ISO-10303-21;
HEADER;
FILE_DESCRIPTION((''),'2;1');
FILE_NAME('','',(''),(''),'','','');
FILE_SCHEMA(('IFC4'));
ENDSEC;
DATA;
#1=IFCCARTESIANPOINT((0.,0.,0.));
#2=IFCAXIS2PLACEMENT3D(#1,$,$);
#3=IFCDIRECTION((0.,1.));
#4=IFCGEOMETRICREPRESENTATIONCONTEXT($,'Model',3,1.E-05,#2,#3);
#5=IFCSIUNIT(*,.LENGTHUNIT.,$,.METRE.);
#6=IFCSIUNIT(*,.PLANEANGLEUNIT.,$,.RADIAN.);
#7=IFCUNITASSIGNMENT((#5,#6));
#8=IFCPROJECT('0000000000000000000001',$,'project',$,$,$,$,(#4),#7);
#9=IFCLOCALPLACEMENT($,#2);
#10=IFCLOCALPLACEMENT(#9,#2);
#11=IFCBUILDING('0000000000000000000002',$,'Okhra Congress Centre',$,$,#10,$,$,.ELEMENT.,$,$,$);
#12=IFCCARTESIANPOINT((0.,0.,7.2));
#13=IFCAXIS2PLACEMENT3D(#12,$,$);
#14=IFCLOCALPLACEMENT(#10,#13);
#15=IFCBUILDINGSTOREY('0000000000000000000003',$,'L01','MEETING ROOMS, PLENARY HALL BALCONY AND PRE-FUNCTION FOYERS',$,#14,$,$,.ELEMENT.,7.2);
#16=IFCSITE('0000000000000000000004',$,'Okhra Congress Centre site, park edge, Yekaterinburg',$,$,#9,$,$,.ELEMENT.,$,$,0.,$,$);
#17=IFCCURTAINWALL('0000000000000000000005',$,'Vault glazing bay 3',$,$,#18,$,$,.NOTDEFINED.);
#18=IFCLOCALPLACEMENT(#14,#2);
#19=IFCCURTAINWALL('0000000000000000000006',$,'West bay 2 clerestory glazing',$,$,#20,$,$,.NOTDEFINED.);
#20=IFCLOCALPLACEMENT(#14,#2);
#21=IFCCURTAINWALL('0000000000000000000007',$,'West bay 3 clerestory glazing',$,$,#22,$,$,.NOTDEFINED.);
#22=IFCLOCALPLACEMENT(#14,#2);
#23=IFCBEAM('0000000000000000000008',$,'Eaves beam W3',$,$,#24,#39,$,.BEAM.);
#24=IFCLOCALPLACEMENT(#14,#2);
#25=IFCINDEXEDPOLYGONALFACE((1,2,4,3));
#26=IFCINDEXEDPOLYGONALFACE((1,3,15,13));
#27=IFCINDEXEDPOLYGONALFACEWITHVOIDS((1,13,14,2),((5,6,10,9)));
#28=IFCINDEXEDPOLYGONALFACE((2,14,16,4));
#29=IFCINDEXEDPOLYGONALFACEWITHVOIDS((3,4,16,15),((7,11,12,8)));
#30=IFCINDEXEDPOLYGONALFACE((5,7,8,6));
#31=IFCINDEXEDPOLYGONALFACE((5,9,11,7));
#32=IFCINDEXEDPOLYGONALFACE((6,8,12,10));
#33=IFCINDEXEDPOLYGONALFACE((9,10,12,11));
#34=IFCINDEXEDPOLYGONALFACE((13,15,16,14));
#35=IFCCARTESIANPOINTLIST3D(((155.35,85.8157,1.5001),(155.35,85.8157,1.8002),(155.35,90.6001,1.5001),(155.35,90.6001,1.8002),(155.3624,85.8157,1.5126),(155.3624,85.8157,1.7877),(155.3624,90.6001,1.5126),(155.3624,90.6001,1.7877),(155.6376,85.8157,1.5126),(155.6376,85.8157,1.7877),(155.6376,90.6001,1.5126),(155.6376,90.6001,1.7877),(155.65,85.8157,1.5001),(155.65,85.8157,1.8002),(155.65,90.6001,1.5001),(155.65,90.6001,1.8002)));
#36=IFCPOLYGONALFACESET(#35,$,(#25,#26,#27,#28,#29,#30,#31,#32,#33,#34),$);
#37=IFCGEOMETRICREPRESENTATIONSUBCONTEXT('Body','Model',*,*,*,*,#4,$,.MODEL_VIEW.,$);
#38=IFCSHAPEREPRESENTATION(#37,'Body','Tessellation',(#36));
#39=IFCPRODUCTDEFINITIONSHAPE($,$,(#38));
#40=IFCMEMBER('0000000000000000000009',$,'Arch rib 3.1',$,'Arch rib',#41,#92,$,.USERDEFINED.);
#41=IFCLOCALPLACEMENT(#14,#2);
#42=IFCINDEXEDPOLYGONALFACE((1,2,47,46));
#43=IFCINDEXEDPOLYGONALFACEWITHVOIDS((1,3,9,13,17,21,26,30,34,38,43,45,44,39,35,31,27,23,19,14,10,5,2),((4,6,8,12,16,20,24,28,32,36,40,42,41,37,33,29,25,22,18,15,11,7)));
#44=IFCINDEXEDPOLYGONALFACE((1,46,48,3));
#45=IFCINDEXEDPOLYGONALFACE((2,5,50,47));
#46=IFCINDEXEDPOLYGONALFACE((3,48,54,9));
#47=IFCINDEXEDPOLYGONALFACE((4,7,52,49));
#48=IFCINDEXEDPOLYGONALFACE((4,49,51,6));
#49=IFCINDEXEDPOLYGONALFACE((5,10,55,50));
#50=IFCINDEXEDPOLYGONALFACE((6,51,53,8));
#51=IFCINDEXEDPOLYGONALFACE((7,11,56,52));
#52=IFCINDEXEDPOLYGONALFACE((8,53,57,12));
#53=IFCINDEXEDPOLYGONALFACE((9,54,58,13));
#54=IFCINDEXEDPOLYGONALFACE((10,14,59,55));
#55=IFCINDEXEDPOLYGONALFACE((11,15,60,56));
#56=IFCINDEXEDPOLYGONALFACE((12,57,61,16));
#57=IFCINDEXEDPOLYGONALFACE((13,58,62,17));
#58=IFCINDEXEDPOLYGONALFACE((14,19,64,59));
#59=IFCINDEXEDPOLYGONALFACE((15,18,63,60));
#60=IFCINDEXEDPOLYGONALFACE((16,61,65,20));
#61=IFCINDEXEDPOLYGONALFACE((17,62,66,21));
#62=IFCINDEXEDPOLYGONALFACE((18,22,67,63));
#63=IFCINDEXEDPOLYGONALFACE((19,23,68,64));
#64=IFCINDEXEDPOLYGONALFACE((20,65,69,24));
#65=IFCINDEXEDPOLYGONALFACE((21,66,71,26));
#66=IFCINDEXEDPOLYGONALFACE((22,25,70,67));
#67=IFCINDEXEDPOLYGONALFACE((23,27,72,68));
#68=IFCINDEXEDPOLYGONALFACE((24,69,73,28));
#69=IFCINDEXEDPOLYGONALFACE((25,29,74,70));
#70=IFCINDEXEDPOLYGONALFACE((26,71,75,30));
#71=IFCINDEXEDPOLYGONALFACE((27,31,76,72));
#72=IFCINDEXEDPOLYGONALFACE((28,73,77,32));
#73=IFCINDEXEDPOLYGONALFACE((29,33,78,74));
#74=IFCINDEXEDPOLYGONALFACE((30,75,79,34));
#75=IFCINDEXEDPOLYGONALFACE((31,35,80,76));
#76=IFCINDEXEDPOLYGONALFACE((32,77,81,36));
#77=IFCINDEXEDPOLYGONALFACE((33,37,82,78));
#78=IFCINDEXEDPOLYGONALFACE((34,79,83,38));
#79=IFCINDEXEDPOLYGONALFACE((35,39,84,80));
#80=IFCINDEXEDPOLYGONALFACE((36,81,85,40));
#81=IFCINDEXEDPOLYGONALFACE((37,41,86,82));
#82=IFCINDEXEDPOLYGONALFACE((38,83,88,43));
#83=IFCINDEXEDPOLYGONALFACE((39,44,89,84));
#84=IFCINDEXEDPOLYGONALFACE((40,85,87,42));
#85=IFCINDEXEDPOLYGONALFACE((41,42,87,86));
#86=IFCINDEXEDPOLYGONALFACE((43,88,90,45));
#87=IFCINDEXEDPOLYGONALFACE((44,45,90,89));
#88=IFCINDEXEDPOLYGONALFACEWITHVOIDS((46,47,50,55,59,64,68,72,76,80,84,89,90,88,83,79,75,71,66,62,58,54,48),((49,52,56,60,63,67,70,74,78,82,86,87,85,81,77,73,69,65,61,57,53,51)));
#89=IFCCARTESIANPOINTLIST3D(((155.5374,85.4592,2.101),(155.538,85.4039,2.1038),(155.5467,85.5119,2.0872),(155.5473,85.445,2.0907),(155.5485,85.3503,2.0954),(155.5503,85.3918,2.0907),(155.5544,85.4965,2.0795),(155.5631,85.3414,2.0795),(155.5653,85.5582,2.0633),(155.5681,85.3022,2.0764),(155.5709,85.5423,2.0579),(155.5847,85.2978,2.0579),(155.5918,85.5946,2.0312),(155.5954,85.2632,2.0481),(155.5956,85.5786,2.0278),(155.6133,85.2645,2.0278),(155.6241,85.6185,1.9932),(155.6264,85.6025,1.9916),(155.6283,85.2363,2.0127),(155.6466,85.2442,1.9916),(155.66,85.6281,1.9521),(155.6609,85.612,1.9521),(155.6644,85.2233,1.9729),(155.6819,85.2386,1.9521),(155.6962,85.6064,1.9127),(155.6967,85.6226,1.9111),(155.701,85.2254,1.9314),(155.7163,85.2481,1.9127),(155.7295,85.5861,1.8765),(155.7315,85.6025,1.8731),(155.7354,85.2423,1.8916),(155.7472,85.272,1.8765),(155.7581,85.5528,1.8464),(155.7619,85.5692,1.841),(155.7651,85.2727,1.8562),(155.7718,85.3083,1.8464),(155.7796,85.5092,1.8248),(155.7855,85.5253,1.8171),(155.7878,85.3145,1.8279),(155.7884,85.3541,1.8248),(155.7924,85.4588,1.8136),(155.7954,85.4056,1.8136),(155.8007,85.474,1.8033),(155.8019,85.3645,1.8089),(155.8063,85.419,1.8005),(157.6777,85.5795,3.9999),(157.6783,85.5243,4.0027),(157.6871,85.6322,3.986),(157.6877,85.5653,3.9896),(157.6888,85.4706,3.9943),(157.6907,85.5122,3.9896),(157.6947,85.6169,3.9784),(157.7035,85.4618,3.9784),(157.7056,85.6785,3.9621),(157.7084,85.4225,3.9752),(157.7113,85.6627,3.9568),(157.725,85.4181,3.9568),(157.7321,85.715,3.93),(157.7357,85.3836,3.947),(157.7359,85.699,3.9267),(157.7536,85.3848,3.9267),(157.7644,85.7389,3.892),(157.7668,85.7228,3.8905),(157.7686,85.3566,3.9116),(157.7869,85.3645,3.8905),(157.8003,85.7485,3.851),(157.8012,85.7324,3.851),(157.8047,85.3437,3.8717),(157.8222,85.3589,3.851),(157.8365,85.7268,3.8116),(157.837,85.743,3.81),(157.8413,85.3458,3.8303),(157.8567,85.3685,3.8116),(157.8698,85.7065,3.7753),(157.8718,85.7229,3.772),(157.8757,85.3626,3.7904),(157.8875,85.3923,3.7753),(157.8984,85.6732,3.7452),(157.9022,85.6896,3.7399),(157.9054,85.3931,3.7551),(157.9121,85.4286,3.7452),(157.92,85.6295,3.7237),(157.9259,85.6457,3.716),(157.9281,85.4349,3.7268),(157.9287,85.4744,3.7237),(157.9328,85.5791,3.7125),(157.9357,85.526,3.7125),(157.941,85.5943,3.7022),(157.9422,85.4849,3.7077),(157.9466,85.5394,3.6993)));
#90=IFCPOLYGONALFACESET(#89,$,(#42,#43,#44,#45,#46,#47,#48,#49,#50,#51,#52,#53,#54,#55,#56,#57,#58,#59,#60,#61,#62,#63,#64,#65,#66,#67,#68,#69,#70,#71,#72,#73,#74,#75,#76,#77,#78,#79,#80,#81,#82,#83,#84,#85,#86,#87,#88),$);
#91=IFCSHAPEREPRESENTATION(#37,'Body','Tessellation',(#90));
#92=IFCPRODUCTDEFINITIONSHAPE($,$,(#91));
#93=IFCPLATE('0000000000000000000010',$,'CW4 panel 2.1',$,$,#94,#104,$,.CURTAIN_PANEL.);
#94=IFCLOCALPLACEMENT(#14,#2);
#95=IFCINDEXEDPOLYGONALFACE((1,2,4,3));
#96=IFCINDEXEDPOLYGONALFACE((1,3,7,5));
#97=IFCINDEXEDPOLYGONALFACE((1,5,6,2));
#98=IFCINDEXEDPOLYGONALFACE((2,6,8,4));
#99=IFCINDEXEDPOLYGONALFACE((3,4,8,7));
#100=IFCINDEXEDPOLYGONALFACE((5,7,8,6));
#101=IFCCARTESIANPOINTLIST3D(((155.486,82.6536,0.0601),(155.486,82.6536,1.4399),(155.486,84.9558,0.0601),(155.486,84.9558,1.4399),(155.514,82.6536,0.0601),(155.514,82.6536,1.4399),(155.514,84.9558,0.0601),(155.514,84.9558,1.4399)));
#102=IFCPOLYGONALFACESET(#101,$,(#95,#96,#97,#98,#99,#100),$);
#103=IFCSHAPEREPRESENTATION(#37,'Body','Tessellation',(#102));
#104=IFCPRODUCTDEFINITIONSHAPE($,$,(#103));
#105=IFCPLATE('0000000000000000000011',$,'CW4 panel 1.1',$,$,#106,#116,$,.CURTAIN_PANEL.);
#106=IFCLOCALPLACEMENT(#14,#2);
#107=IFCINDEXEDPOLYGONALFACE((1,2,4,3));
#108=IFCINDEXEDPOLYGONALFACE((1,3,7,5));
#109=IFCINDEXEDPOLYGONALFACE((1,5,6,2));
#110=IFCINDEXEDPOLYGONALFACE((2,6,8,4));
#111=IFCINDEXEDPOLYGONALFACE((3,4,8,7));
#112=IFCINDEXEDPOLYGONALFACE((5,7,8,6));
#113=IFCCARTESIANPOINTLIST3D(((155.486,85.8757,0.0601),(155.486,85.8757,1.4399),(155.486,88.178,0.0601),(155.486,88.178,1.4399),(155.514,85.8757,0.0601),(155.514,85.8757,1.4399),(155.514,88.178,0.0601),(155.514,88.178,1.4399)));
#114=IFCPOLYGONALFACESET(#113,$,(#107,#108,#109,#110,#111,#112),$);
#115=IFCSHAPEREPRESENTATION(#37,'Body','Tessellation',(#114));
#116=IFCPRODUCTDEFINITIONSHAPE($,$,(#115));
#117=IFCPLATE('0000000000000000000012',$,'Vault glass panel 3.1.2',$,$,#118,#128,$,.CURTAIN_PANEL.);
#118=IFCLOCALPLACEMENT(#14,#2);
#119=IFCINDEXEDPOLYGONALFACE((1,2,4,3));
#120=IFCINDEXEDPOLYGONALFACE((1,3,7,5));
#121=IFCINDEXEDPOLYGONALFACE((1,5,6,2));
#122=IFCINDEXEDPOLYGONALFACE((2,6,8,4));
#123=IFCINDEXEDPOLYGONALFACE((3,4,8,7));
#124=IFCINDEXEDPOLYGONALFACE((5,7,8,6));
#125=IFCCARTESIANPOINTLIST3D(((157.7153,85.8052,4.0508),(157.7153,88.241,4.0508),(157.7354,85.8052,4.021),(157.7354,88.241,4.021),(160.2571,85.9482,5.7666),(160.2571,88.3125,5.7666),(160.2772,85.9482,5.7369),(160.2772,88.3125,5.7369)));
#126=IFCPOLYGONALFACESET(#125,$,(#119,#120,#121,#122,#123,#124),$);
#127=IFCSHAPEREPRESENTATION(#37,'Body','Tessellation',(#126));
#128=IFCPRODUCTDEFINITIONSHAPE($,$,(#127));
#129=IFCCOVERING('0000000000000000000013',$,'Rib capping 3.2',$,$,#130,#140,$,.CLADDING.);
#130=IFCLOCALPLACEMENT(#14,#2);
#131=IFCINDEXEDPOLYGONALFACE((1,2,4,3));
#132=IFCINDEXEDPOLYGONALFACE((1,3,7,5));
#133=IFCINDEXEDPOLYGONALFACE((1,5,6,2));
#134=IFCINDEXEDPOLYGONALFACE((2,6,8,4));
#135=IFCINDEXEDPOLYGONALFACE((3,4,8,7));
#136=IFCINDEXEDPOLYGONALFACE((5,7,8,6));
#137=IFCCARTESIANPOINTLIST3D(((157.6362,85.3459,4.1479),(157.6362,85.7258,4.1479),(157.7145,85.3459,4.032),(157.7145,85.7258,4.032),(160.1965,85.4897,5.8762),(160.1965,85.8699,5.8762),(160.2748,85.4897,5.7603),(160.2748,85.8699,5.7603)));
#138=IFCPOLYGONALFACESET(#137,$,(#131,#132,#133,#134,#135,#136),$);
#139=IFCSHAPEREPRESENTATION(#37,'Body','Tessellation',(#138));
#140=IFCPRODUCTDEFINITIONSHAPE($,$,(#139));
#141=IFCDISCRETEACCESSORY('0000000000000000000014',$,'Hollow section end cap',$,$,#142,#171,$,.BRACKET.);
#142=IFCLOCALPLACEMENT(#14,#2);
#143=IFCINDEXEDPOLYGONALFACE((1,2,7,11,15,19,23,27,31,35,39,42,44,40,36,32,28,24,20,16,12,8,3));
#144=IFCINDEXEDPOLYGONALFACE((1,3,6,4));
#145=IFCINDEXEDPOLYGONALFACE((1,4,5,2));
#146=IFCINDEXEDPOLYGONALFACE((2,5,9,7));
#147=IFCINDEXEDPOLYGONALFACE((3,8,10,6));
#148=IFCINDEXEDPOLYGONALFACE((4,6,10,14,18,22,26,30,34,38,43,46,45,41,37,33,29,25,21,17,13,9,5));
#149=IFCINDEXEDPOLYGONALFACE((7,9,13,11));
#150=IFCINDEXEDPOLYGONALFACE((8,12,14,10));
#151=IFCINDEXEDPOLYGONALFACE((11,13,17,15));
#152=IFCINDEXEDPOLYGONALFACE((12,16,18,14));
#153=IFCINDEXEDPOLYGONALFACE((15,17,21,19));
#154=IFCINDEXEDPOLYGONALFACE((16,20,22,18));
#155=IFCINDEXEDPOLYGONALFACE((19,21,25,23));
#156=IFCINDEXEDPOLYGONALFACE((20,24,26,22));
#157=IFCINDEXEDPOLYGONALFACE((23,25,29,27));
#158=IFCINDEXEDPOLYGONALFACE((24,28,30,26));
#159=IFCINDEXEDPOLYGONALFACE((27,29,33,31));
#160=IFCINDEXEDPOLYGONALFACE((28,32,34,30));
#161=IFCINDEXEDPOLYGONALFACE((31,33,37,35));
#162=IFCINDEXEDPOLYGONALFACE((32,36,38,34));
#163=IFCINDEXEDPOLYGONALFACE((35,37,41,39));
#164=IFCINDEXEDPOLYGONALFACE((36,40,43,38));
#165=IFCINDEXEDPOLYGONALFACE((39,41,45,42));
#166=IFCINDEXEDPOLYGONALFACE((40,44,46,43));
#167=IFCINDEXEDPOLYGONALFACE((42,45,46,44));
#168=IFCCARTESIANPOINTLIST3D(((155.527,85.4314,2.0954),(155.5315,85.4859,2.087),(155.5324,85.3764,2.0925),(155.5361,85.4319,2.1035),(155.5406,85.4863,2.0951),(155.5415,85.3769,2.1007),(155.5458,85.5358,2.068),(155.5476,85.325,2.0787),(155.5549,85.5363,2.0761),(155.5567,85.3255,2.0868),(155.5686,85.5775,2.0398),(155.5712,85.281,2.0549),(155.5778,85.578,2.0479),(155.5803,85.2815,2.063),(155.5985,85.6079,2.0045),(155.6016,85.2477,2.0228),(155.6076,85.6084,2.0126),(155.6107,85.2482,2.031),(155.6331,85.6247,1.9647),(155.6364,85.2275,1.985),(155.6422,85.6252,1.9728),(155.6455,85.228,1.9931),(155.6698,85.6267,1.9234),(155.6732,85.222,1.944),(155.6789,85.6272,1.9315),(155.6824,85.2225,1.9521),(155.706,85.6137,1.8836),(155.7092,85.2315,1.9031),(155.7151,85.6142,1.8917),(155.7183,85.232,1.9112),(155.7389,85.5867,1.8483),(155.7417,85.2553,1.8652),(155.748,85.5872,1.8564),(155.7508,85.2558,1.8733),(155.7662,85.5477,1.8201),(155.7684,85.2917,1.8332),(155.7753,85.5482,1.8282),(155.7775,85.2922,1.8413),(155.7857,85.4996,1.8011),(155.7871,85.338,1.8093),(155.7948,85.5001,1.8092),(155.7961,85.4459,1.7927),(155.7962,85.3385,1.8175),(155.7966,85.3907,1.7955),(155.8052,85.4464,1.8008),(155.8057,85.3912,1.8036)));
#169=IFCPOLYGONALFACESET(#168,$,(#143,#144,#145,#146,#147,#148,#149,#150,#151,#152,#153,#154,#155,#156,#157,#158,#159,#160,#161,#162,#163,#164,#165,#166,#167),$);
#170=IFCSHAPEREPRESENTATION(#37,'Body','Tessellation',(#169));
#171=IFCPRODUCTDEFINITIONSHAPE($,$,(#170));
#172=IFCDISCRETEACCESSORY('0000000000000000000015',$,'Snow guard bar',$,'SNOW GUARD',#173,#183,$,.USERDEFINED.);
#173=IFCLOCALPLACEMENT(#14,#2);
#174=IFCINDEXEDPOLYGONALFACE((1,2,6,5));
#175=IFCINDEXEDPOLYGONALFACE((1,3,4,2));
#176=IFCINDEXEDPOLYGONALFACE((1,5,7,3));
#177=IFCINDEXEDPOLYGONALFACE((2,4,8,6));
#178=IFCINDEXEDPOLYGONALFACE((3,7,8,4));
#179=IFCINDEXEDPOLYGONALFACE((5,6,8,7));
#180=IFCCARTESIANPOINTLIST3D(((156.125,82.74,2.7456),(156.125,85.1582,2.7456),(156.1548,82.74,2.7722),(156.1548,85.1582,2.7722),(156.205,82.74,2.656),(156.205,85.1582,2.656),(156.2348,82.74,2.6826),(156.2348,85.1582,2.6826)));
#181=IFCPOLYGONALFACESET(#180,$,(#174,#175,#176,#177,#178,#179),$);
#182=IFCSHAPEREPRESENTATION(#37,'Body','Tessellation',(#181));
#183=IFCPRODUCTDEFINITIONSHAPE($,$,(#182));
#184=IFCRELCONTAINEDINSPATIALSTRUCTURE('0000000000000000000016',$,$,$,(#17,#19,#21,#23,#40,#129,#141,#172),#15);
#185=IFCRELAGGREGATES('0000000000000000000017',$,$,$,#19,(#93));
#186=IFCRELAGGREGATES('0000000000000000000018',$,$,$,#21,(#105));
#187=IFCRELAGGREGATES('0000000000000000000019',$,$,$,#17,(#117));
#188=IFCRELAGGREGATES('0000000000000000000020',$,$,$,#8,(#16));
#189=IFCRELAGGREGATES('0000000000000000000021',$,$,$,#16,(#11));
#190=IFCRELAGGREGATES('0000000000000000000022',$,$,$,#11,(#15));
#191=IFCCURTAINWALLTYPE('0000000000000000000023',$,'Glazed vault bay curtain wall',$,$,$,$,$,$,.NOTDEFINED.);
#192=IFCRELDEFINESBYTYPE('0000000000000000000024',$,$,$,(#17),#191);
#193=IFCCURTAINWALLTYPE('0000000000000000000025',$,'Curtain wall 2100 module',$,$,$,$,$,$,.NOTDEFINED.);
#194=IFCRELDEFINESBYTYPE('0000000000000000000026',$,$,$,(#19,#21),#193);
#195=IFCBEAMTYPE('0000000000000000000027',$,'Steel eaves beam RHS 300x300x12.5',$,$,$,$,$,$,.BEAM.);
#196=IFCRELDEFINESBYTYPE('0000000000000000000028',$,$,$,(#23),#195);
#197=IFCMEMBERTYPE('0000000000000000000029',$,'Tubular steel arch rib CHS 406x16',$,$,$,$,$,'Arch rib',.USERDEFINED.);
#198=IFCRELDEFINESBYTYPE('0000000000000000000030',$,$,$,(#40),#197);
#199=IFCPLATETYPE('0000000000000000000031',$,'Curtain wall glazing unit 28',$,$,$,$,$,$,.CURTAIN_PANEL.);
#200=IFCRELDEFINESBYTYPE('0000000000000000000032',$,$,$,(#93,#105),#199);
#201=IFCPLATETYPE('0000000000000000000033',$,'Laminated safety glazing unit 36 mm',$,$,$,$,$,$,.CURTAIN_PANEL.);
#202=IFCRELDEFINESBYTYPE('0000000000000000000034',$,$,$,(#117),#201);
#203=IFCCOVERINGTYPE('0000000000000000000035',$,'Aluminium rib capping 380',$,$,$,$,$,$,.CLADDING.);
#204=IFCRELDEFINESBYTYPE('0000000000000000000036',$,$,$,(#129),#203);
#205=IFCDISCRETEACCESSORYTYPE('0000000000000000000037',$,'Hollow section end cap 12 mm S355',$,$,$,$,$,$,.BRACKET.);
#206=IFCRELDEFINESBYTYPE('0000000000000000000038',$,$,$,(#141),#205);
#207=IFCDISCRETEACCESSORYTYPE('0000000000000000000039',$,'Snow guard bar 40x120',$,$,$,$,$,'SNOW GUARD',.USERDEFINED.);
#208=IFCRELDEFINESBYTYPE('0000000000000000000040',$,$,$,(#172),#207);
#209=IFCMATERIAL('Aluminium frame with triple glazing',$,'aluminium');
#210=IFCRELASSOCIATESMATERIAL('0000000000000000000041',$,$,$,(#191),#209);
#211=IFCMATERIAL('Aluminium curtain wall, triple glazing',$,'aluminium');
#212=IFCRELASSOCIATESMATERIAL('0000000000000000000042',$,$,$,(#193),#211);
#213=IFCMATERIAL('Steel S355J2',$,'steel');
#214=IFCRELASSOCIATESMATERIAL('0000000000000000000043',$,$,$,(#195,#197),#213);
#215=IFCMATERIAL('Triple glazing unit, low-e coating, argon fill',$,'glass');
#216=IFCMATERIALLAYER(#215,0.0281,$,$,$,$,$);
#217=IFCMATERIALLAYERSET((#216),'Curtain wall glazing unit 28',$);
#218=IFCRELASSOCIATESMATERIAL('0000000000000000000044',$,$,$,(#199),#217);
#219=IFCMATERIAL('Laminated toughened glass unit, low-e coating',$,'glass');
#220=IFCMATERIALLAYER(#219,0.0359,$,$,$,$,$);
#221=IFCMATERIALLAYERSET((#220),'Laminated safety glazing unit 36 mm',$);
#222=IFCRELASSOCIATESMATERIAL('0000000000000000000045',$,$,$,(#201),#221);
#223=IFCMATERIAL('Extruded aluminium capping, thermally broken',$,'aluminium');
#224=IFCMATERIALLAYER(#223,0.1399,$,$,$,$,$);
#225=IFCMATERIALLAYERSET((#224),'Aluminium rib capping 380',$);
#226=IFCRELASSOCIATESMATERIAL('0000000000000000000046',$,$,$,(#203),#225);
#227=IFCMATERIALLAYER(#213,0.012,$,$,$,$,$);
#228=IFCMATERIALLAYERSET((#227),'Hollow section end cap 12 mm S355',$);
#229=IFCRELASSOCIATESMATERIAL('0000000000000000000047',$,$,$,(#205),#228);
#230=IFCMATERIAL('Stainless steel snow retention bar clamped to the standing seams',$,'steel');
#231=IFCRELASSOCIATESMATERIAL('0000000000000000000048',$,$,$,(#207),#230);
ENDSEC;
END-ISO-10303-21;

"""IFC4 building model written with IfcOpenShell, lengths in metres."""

from ifc_helpers import new_model, si_unit, direction, frame, origin, origin_2d, place, context, subcontext, project, spatial, polyline, rectangle, hollow_rectangle, circle, hollow_circle, outline, extrude, material, layer, layer_set, material_profile, profile_set, type_object, element, aggregate, save


model = new_model("IFC4")

# Units and contexts
model_context = context("Model", 3, precision=1e-05, world=origin(), true_north=direction((0.0, 1.0)))
body_context = subcontext(model_context, "Body", "Model", "MODEL_VIEW")
ifc_project = project(units=[si_unit("LENGTHUNIT", "METRE"), si_unit("PLANEANGLEUNIT", "RADIAN")], contexts=[model_context])

# Site, building, storey
site_placement = place(None, origin())
site = spatial("IfcSite", under=ifc_project, at=site_placement, Name="Okhra Congress Centre site, park edge, Yekaterinburg", CompositionType="ELEMENT", RefElevation=0.0)
building_placement = place(site_placement, origin())
building = spatial("IfcBuilding", under=site, at=building_placement, Name="Okhra Congress Centre", CompositionType="ELEMENT")
storey_placement = place(building_placement, frame((0.0, 0.0, 7.2)))
storey = spatial("IfcBuildingStorey", under=building, at=storey_placement, Name="L01", Description="MEETING ROOMS, PLENARY HALL BALCONY AND PRE-FUNCTION FOYERS", CompositionType="ELEMENT", Elevation=7.2)

# Shared definitions
ifc_material_1 = material(Name="Aluminium frame with triple glazing", Category="aluminium")
curtain_wall_type_1 = type_object("IfcCurtainWallType", Name="Glazed vault bay curtain wall", PredefinedType="NOTDEFINED", material=ifc_material_1)

# Curtain wall
curtain_wall_1_placement = place(storey_placement, origin())
curtain_wall_1 = element("IfcCurtainWall", 1, at=curtain_wall_1_placement, inside=storey, type_object=curtain_wall_type_1, Name="Vault glazing bay 3", PredefinedType="NOTDEFINED")

# Curtain wall
ifc_material_2 = material(Name="Aluminium curtain wall, triple glazing", Category="aluminium")
curtain_wall_type_2 = type_object("IfcCurtainWallType", Name="Curtain wall 2100 module", PredefinedType="NOTDEFINED", material=ifc_material_2)
curtain_wall_2_placement = place(storey_placement, origin())
curtain_wall_2 = element("IfcCurtainWall", 2, at=curtain_wall_2_placement, inside=storey, type_object=curtain_wall_type_2, Name="West bay 2 clerestory glazing", PredefinedType="NOTDEFINED")

# Curtain wall
curtain_wall_3_placement = place(storey_placement, origin())
curtain_wall_3 = element("IfcCurtainWall", 3, at=curtain_wall_3_placement, inside=storey, type_object=curtain_wall_type_2, Name="West bay 3 clerestory glazing", PredefinedType="NOTDEFINED")

# Beam
ifc_material_3 = material(Name="Steel S355J2", Category="steel")
ifc_material_profile_1 = material_profile(ifc_material_3, hollow_rectangle(XDim=0.3, YDim=0.3, WallThickness=0.0125, at=origin_2d()), Name="RHS 300x300x12.5")
ifc_profile_set_1 = profile_set([ifc_material_profile_1], Name="Steel S355J2")
beam_type = type_object("IfcBeamType", Name="Steel eaves beam RHS 300x300x12.5", PredefinedType="BEAM", material=ifc_profile_set_1)
beam_placement = place(storey_placement, frame((155.5, 85.8157, 1.6501), z_axis=(0.0, 1.0, 0.0), x_axis=(-1.0, 0.0, 0.0)))
element("IfcBeam", 4, at=beam_placement, inside=storey, type_object=beam_type, Name="Eaves beam W3", PredefinedType="BEAM", context=body_context, shape_type="SweptSolid", body=[
    extrude(hollow_rectangle(XDim=0.3, YDim=0.3, WallThickness=0.0125, at=origin_2d()), origin(), (0.0, 0.0, 1.0), 4.7844),
])

# Member
ifc_material_profile_2 = material_profile(ifc_material_3, hollow_circle(Radius=0.2031, WallThickness=0.0161, at=origin_2d()), Name="CHS 406.4x16")
ifc_profile_set_2 = profile_set([ifc_material_profile_2], Name="Steel S355J2")
member_type_1 = type_object("IfcMemberType", Name="Tubular steel arch rib CHS 406x16", ElementType="Arch rib", PredefinedType="USERDEFINED", material=ifc_profile_set_2)
member_1_placement = place(storey_placement, frame((155.6714, 85.4253, 1.9521), z_axis=(0.747379, 0.042028, 0.663067), x_axis=(-0.056145, 0.998423, 0.0)))
element("IfcMember", 5, at=member_1_placement, inside=storey, type_object=member_type_1, Name="Arch rib 3.1", ObjectType="Arch rib", PredefinedType="USERDEFINED", context=body_context, shape_type="SweptSolid", body=[
    extrude(hollow_circle(Radius=0.2031, WallThickness=0.0161, at=origin_2d()), origin(), (0.0, 0.0, 1.0), 2.8638),
])

# Plates
ifc_material_4 = material(Name="Triple glazing unit, low-e coating, argon fill", Category="glass")
ifc_layer_1 = layer(ifc_material_4, 0.0281)
ifc_layer_set_1 = layer_set([ifc_layer_1], Name="Curtain wall glazing unit 28")
plate_type_1 = type_object("IfcPlateType", Name="Curtain wall glazing unit 28", PredefinedType="CURTAIN_PANEL", material=ifc_layer_set_1)
plate_1_placement = place(storey_placement, frame((155.5, 83.8047, 0.0601), z_axis=(0.0, 0.0, 1.0), x_axis=(0.0, 1.0, 0.0)))
plate_1 = element("IfcPlate", 6, at=plate_1_placement, type_object=plate_type_1, Name="CW4 panel 2.1", PredefinedType="CURTAIN_PANEL", context=body_context, shape_type="SweptSolid", body=[
    extrude(rectangle(XDim=2.3022, YDim=0.0281, at=origin_2d()), origin(), (0.0, 0.0, 1.0), 1.3799),
])
aggregate(curtain_wall_2, [plate_1])
plate_2_placement = place(storey_placement, frame((155.5, 87.0269, 0.0601), z_axis=(0.0, 0.0, 1.0), x_axis=(0.0, 1.0, 0.0)))
plate_2 = element("IfcPlate", 7, at=plate_2_placement, type_object=plate_type_1, Name="CW4 panel 1.1", PredefinedType="CURTAIN_PANEL", context=body_context, shape_type="SweptSolid", body=[
    extrude(rectangle(XDim=2.3022, YDim=0.0281, at=origin_2d()), origin(), (0.0, 0.0, 1.0), 1.3799),
])
aggregate(curtain_wall_3, [plate_2])
ifc_material_5 = material(Name="Laminated toughened glass unit, low-e coating", Category="glass")
ifc_layer_2 = layer(ifc_material_5, 0.0359)
ifc_layer_set_2 = layer_set([ifc_layer_2], Name="Laminated safety glazing unit 36 mm")
plate_type_2 = type_object("IfcPlateType", Name="Laminated safety glazing unit 36 mm", PredefinedType="CURTAIN_PANEL", material=ifc_layer_set_2)
plate_3_placement = place(storey_placement, frame((157.7153, 85.8052, 4.0508), z_axis=(-0.559504, 0.0, 0.828827), x_axis=(0.827927, 0.046601, 0.558896)))
plate_3 = element("IfcPlate", 8, at=plate_3_placement, type_object=plate_type_2, Name="Vault glass panel 3.1.2", PredefinedType="CURTAIN_PANEL", context=body_context, shape_type="SweptSolid", body=[
    extrude(outline(polyline([(0.0, 0.0), (3.07, 0.0), (3.1802, 2.3617), (0.1135, 2.4331), (0.0, 0.0)])), origin(), (0.0, 0.0, -1.0), 0.0359),
])
aggregate(curtain_wall_1, [plate_3])

# Covering
ifc_material_6 = material(Name="Extruded aluminium capping, thermally broken", Category="aluminium")
ifc_layer_3 = layer(ifc_material_6, 0.1399)
ifc_layer_set_3 = layer_set([ifc_layer_3], Name="Aluminium rib capping 380")
covering_type = type_object("IfcCoveringType", Name="Aluminium rib capping 380", PredefinedType="CLADDING", material=ifc_layer_set_3)
covering_placement = place(storey_placement, frame((157.6362, 85.3459, 4.1479), z_axis=(-0.559488, 0.0, 0.828839), x_axis=(0.827942, 0.046501, 0.558883)))
element("IfcCovering", 9, at=covering_placement, inside=storey, type_object=covering_type, Name="Rib capping 3.2", PredefinedType="CLADDING", context=body_context, shape_type="SweptSolid", body=[
    extrude(outline(polyline([(0.0, 0.0), (3.0924, 0.0), (3.11, 0.3797), (0.0177, 0.3795), (0.0, 0.0)])), origin(), (0.0, 0.0, -1.0), 0.1399),
])

# Discrete accessories
ifc_layer_4 = layer(ifc_material_3, 0.012)
ifc_layer_set_4 = layer_set([ifc_layer_4], Name="Hollow section end cap 12 mm S355")
discrete_accessory_type_1 = type_object("IfcDiscreteAccessoryType", Name="Hollow section end cap 12 mm S355", PredefinedType="BRACKET", material=ifc_layer_set_4)
discrete_accessory_1_placement = place(storey_placement, frame((155.6714, 85.4253, 1.9521), z_axis=(-0.745689, -0.040308, -0.665074), x_axis=(0.053975, -0.998542, 0.0)))
element("IfcDiscreteAccessory", 10, at=discrete_accessory_1_placement, inside=storey, type_object=discrete_accessory_type_1, Name="Hollow section end cap", PredefinedType="BRACKET", context=body_context, shape_type="SweptSolid", body=[
    extrude(circle(Radius=0.2031, at=origin_2d()), origin(), (0.0, 0.0, 1.0), 0.0122),
])
ifc_material_7 = material(Name="Stainless steel snow retention bar clamped to the standing seams", Category="steel")
discrete_accessory_type_2 = type_object("IfcDiscreteAccessoryType", Name="Snow guard bar 40x120", ElementType="SNOW GUARD", PredefinedType="USERDEFINED", material=ifc_material_7)
discrete_accessory_2_placement = place(storey_placement, frame((156.125, 82.74, 2.7456), z_axis=(-0.666259, 0.0, 0.745721), x_axis=(0.745721, 0.0, 0.666259)))
element("IfcDiscreteAccessory", 11, at=discrete_accessory_2_placement, inside=storey, type_object=discrete_accessory_type_2, Name="Snow guard bar", ObjectType="SNOW GUARD", PredefinedType="USERDEFINED", context=body_context, shape_type="SweptSolid", body=[
    extrude(outline(polyline([(0.0, 0.0), (0.0399, 0.0), (0.0399, 2.4182), (0.0, 2.4182), (0.0, 0.0)])), origin(), (0.0, 0.0, -1.0), 0.1201),
])

save(model, "model.ifc")
